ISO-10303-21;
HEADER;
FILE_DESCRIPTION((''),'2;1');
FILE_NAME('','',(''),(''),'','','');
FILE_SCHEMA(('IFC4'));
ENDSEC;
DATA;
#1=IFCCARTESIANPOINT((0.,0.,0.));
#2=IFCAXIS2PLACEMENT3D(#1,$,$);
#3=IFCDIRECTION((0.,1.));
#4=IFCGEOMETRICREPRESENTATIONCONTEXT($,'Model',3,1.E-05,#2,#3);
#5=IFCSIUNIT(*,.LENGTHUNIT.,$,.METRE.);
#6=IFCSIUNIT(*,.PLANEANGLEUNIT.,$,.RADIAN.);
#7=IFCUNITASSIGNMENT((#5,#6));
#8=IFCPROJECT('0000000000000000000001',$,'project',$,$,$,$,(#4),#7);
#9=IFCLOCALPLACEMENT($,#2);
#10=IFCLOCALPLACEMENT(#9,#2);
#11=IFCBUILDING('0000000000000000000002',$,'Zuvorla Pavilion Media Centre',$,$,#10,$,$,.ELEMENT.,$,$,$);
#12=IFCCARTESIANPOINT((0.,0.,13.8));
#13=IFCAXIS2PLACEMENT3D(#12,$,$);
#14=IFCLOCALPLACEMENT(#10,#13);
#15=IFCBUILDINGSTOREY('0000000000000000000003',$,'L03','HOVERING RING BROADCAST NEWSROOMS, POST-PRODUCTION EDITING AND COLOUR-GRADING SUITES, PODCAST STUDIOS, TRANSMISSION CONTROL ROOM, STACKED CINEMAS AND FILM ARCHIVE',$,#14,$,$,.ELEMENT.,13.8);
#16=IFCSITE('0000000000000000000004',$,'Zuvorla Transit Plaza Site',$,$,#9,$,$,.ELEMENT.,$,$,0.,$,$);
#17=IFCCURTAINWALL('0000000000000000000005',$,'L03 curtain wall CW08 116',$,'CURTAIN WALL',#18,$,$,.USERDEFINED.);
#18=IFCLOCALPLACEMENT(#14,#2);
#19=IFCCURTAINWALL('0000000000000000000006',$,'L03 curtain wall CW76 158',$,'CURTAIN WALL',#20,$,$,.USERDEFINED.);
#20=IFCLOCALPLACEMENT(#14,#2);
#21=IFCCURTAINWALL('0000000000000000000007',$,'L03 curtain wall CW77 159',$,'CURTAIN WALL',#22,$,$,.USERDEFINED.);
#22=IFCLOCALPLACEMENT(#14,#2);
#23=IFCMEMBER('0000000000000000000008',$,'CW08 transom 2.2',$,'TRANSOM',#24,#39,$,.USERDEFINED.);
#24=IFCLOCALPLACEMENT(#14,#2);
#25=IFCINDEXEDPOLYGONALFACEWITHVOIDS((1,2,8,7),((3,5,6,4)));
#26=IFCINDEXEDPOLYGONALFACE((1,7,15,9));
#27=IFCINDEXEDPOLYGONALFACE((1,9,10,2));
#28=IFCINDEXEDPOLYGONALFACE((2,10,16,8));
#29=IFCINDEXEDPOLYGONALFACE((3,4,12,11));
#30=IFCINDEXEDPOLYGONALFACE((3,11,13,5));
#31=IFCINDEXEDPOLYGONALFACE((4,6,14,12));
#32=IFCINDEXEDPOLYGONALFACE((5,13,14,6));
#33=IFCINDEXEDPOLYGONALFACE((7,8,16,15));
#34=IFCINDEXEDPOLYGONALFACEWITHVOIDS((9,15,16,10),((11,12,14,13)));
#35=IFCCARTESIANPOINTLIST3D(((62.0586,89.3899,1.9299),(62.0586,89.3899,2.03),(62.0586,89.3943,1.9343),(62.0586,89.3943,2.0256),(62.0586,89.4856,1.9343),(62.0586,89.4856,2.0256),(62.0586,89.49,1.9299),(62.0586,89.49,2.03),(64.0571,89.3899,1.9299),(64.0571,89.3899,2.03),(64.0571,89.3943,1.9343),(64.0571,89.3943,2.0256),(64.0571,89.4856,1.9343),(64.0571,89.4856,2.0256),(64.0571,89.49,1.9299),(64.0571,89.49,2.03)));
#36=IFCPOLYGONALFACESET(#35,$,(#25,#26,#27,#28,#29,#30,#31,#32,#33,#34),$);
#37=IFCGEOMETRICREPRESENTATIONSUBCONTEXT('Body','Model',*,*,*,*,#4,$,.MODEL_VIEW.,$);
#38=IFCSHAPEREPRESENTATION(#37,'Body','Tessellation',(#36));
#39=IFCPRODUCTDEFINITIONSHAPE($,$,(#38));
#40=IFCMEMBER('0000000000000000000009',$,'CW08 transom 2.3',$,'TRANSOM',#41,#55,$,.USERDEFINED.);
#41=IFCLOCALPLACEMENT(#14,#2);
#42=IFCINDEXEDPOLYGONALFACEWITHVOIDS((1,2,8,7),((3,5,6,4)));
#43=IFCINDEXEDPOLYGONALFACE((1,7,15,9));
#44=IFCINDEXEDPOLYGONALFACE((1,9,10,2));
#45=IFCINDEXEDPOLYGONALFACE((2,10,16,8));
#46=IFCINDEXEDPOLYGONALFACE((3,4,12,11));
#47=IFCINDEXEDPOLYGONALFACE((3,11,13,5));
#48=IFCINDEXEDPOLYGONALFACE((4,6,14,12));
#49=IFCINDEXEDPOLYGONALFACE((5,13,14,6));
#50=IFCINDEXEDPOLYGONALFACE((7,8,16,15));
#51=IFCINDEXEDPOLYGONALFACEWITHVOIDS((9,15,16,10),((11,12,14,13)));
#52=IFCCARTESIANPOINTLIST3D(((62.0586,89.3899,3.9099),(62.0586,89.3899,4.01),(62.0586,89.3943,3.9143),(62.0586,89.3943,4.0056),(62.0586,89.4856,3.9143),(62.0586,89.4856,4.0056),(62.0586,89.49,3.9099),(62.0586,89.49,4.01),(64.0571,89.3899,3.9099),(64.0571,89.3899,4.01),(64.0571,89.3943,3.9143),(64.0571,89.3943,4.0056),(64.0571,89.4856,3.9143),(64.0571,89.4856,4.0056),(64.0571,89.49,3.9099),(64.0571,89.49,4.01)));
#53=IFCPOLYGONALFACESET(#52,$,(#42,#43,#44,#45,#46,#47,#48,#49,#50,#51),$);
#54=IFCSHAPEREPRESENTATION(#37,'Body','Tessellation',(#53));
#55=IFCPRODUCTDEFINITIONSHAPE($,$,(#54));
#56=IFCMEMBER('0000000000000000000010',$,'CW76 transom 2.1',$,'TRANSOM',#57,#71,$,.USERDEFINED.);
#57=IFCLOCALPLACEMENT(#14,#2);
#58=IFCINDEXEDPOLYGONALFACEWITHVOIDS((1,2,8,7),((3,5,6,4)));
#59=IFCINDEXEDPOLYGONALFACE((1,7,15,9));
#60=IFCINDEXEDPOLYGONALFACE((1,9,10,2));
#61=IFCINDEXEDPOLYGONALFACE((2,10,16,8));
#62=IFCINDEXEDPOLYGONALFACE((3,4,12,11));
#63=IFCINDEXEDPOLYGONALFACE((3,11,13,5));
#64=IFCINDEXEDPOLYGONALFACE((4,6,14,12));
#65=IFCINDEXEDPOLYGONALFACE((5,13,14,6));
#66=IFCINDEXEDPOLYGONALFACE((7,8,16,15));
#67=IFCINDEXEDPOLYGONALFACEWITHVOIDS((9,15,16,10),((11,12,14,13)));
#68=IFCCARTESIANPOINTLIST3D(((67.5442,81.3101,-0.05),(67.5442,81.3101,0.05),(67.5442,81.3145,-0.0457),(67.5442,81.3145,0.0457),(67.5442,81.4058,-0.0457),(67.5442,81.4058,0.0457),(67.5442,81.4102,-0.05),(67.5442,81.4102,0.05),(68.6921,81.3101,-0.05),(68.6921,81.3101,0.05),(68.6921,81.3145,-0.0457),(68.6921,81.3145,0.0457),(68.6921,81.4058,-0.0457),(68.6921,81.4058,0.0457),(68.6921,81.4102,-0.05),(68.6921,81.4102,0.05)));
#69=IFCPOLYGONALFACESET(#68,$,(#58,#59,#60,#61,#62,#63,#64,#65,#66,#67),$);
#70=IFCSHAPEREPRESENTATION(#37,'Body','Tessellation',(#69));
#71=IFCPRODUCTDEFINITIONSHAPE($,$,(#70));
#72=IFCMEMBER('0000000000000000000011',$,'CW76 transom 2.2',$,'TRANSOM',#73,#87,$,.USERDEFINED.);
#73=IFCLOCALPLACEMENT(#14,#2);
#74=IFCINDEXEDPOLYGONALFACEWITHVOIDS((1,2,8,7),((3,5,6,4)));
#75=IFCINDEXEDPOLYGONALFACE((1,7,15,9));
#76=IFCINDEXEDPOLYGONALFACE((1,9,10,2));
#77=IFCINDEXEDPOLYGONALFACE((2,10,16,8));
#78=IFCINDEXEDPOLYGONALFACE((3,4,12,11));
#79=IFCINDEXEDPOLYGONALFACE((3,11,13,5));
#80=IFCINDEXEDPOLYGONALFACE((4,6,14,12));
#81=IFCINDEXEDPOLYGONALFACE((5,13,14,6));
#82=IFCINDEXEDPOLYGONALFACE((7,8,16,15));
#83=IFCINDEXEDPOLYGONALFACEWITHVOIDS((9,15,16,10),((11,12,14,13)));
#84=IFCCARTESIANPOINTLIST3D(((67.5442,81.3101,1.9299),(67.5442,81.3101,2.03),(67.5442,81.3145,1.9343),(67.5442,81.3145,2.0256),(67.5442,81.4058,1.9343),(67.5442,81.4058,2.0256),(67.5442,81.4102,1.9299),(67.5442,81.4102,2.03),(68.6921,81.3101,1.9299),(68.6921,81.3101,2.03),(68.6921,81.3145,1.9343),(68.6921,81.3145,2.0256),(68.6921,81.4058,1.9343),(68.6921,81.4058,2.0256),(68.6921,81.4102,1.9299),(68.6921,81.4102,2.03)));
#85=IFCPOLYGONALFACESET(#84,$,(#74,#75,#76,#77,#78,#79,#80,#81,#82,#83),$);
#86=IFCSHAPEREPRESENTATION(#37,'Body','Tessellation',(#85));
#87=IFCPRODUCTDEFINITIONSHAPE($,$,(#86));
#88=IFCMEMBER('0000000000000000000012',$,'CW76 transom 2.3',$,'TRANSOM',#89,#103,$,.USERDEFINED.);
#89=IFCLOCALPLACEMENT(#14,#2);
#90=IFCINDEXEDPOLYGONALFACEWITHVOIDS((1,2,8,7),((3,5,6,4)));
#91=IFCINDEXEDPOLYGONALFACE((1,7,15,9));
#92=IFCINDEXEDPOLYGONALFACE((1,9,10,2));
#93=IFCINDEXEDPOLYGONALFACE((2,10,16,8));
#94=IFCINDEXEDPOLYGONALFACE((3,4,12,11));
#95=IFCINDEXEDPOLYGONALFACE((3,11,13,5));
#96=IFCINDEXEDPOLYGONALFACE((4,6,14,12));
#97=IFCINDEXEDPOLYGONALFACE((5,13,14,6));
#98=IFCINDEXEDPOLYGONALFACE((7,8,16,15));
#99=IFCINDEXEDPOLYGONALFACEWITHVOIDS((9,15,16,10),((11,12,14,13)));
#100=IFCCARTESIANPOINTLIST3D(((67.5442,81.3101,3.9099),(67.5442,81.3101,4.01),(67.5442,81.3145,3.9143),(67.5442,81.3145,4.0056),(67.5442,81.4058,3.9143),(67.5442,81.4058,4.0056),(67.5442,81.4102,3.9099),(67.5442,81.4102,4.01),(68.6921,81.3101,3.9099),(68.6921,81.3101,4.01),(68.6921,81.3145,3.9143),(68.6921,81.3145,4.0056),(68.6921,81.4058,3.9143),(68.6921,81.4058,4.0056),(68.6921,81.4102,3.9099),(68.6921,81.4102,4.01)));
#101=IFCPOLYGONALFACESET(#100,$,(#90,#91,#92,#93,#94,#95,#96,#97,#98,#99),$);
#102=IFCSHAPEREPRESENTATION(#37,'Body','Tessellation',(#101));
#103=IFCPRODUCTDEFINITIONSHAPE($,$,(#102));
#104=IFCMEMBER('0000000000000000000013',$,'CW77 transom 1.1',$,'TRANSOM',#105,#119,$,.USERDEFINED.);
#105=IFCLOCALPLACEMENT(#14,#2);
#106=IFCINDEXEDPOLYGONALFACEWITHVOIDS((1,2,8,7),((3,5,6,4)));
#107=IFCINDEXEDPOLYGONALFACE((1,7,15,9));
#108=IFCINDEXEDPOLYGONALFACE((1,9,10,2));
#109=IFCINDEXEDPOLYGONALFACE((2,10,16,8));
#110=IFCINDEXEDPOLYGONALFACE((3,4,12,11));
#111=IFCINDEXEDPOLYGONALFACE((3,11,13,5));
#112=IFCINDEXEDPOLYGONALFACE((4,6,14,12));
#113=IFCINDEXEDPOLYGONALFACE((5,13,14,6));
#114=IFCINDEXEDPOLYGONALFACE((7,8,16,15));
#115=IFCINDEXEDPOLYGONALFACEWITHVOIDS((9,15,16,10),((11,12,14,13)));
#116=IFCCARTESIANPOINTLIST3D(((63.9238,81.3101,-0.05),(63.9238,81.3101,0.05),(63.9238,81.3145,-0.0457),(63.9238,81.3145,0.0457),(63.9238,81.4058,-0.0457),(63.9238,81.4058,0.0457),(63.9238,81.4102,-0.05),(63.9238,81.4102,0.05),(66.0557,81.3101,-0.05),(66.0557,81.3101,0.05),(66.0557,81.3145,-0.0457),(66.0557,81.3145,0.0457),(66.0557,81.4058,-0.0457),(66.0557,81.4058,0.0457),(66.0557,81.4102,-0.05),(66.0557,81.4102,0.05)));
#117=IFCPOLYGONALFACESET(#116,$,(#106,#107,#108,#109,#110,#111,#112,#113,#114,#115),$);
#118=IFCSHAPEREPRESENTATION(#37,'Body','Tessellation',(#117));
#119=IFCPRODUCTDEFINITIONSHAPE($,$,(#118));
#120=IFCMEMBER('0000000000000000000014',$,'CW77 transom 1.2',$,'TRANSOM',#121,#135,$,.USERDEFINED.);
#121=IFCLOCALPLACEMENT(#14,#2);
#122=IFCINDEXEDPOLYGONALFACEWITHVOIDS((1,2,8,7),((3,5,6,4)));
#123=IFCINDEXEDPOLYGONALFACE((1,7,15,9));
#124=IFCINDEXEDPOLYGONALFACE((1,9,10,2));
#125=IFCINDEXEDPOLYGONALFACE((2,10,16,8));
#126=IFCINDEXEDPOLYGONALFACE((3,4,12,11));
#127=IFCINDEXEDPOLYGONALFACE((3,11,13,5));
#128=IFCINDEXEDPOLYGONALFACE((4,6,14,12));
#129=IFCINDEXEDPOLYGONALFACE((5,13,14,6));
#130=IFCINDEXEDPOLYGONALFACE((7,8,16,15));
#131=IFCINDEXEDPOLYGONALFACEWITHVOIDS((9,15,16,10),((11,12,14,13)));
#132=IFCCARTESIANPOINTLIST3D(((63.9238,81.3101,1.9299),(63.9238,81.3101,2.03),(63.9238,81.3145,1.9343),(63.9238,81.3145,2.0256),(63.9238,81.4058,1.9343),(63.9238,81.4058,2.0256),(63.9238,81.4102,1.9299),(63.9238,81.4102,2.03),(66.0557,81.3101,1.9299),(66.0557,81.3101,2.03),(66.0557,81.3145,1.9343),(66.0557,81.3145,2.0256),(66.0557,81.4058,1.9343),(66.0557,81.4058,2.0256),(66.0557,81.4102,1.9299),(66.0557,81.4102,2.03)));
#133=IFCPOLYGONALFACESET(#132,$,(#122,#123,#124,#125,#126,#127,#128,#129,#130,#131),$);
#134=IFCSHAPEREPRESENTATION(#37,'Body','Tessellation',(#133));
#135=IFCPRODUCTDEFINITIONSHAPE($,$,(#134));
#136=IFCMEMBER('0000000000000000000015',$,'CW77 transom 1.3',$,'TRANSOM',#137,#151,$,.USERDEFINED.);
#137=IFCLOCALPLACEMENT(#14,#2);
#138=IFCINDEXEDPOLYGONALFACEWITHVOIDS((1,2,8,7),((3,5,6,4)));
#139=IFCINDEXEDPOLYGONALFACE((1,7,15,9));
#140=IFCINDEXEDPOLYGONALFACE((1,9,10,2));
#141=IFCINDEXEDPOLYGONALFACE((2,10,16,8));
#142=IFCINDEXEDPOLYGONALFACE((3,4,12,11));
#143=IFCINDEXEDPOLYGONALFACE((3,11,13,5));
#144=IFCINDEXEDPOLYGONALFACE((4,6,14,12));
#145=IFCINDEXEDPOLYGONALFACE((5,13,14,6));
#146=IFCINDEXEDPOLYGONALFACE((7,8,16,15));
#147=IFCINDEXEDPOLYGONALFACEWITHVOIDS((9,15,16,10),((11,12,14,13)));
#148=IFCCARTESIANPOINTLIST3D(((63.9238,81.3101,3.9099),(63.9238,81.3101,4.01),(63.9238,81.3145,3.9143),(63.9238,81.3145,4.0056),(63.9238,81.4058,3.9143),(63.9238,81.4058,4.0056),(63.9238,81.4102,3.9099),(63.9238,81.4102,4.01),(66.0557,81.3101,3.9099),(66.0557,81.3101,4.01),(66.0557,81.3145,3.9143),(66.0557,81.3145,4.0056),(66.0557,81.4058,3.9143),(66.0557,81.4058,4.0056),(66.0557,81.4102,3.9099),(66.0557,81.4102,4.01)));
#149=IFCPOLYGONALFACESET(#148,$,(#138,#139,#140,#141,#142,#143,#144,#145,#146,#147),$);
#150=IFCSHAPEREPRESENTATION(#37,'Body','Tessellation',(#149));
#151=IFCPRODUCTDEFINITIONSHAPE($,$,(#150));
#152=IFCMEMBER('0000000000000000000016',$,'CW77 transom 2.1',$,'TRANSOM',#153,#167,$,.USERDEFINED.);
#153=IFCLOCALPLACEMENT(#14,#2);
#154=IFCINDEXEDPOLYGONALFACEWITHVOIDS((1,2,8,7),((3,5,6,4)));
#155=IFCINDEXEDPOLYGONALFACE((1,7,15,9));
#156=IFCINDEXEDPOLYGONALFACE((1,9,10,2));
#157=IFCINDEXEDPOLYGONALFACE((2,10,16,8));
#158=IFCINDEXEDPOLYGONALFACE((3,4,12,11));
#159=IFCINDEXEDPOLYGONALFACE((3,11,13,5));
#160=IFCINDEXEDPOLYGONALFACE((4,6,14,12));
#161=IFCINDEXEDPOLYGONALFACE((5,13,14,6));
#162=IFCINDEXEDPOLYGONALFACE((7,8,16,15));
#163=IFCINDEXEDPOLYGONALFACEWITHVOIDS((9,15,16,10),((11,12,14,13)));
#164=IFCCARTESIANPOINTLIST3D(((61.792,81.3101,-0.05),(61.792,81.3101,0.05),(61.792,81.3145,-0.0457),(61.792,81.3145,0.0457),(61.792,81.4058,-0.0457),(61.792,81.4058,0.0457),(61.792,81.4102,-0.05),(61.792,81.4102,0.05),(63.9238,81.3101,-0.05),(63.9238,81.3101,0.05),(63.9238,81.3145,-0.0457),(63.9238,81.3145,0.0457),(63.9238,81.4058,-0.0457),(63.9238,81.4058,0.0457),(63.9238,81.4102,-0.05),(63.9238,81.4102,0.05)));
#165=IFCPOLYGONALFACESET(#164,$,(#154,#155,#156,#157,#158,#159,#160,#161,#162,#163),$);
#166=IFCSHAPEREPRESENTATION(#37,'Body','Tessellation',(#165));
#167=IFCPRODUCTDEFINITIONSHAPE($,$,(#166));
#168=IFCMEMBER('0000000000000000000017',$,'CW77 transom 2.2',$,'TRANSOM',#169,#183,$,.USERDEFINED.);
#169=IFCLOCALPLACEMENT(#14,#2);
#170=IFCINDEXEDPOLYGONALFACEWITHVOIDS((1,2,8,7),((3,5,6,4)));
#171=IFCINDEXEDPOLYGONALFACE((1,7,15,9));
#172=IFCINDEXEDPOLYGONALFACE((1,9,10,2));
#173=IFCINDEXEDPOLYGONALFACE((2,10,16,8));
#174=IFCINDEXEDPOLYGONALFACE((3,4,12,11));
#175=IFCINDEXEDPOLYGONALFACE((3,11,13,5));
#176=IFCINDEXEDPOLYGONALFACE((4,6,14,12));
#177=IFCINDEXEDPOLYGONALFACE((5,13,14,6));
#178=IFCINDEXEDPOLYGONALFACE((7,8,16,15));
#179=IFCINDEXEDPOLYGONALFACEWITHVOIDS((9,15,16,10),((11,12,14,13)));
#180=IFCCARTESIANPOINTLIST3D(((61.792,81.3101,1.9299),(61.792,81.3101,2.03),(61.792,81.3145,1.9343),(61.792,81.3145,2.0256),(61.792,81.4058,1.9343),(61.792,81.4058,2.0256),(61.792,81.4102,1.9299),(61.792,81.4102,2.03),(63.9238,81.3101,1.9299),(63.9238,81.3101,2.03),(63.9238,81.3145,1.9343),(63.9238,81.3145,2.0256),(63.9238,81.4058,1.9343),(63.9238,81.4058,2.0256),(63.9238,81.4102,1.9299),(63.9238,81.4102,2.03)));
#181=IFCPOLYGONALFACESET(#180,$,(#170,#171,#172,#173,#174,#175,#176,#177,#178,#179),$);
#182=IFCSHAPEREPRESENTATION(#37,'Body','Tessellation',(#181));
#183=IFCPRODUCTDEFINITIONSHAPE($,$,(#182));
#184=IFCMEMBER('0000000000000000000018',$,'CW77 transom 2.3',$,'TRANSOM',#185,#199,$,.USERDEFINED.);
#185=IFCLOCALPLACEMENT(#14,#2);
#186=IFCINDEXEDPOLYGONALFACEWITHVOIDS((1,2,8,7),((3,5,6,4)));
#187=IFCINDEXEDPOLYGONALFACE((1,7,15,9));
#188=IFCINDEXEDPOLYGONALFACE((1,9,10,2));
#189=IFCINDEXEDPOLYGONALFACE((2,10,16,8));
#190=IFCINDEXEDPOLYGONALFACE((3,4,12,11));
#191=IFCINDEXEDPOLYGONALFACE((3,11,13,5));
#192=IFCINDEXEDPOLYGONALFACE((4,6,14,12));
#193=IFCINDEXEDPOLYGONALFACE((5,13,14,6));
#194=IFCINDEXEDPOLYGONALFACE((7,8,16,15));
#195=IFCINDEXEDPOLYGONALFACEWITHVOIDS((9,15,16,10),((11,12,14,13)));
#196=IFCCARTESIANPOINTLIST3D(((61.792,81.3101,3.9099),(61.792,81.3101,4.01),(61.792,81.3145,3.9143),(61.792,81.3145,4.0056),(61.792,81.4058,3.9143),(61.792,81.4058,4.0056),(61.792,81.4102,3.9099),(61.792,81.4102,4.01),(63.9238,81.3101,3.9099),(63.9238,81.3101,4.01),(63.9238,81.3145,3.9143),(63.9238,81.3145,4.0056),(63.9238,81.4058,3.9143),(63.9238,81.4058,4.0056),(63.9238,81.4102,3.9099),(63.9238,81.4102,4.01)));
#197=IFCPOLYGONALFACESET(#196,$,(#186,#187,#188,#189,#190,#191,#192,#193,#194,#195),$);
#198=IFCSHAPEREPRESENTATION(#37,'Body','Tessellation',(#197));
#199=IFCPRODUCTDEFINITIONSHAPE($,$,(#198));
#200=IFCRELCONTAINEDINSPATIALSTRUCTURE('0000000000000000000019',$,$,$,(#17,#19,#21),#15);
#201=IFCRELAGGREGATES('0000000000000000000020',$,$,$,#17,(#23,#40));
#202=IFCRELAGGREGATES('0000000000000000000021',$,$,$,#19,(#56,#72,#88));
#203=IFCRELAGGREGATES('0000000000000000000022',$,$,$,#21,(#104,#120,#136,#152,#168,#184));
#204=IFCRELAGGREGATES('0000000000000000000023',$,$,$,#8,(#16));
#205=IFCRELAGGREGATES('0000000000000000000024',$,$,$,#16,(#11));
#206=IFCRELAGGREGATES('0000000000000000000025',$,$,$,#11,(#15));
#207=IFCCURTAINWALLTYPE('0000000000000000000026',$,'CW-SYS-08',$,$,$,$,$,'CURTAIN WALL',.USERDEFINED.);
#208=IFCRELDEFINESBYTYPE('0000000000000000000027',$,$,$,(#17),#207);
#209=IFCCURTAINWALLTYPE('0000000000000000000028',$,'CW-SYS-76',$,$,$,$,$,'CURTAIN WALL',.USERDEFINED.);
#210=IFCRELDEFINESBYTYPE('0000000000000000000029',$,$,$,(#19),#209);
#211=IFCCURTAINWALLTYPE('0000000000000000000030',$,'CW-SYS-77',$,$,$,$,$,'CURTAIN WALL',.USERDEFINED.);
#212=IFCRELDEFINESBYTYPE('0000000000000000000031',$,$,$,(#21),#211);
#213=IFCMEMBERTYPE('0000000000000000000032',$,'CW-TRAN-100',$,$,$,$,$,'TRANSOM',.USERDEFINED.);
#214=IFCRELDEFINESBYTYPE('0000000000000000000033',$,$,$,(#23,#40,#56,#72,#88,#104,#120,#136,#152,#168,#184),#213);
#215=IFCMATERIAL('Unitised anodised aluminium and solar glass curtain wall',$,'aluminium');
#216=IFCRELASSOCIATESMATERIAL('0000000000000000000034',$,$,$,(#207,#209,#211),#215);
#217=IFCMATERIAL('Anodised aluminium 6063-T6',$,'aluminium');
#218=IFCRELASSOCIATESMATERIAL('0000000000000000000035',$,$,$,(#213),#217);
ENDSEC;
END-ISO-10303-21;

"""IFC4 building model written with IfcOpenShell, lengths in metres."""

from ifc_helpers import new_model, si_unit, direction, frame, origin, origin_2d, place, context, subcontext, project, spatial, hollow_rectangle, extrude, material, material_profile, profile_set, type_object, element, aggregate, save


model = new_model("IFC4")

# Units and contexts
model_context = context("Model", 3, precision=1e-05, world=origin(), true_north=direction((0.0, 1.0)))
body_context = subcontext(model_context, "Body", "Model", "MODEL_VIEW")
ifc_project = project(units=[si_unit("LENGTHUNIT", "METRE"), si_unit("PLANEANGLEUNIT", "RADIAN")], contexts=[model_context])

# Site, building, storey
site_placement = place(None, origin())
site = spatial("IfcSite", under=ifc_project, at=site_placement, Name="Zuvorla Transit Plaza Site", CompositionType="ELEMENT", RefElevation=0.0)
building_placement = place(site_placement, origin())
building = spatial("IfcBuilding", under=site, at=building_placement, Name="Zuvorla Pavilion Media Centre", CompositionType="ELEMENT")
storey_placement = place(building_placement, frame((0.0, 0.0, 13.8)))
storey = spatial("IfcBuildingStorey", under=building, at=storey_placement, Name="L03", Description="HOVERING RING BROADCAST NEWSROOMS, POST-PRODUCTION EDITING AND COLOUR-GRADING SUITES, PODCAST STUDIOS, TRANSMISSION CONTROL ROOM, STACKED CINEMAS AND FILM ARCHIVE", CompositionType="ELEMENT", Elevation=13.8)

# Shared definitions
ifc_material_1 = material(Name="Unitised anodised aluminium and solar glass curtain wall", Category="aluminium")
ifc_material_2 = material(Name="Anodised aluminium 6063-T6", Category="aluminium")

# Curtain walls
curtain_wall_type_1 = type_object("IfcCurtainWallType", Name="CW-SYS-08", ElementType="CURTAIN WALL", PredefinedType="USERDEFINED", material=ifc_material_1)
curtain_wall_1_placement = place(storey_placement, origin())
curtain_wall_1 = element("IfcCurtainWall", 1, at=curtain_wall_1_placement, inside=storey, type_object=curtain_wall_type_1, Name="L03 curtain wall CW08 116", ObjectType="CURTAIN WALL", PredefinedType="USERDEFINED")
curtain_wall_type_2 = type_object("IfcCurtainWallType", Name="CW-SYS-76", ElementType="CURTAIN WALL", PredefinedType="USERDEFINED", material=ifc_material_1)
curtain_wall_2_placement = place(storey_placement, origin())
curtain_wall_2 = element("IfcCurtainWall", 2, at=curtain_wall_2_placement, inside=storey, type_object=curtain_wall_type_2, Name="L03 curtain wall CW76 158", ObjectType="CURTAIN WALL", PredefinedType="USERDEFINED")
curtain_wall_type_3 = type_object("IfcCurtainWallType", Name="CW-SYS-77", ElementType="CURTAIN WALL", PredefinedType="USERDEFINED", material=ifc_material_1)
curtain_wall_3_placement = place(storey_placement, origin())
curtain_wall_3 = element("IfcCurtainWall", 3, at=curtain_wall_3_placement, inside=storey, type_object=curtain_wall_type_3, Name="L03 curtain wall CW77 159", ObjectType="CURTAIN WALL", PredefinedType="USERDEFINED")

# Members
ifc_material_profile_1 = material_profile(ifc_material_2, hollow_rectangle(XDim=0.1001, YDim=0.1001, WallThickness=0.0044, at=origin_2d()), Name="ALU TRAN 100x100")
ifc_profile_set_1 = profile_set([ifc_material_profile_1], Name="Anodised aluminium 6063-T6")
member_type_1 = type_object("IfcMemberType", Name="CW-TRAN-100", ElementType="TRANSOM", PredefinedType="USERDEFINED", material=ifc_profile_set_1)
member_1_placement = place(storey_placement, frame((64.0571, 89.4399, 1.98), z_axis=(-1.0, 0.0, 0.0), x_axis=(0.0, -1.0, 0.0)))
member_1 = element("IfcMember", 4, at=member_1_placement, type_object=member_type_1, Name="CW08 transom 2.2", ObjectType="TRANSOM", PredefinedType="USERDEFINED", context=body_context, shape_type="SweptSolid", body=[
    extrude(hollow_rectangle(XDim=0.1001, YDim=0.1001, WallThickness=0.0044, at=origin_2d()), origin(), (0.0, 0.0, 1.0), 1.9985),
])
member_2_placement = place(storey_placement, frame((64.0571, 89.4399, 3.96), z_axis=(-1.0, 0.0, 0.0), x_axis=(0.0, -1.0, 0.0)))
member_2 = element("IfcMember", 5, at=member_2_placement, type_object=member_type_1, Name="CW08 transom 2.3", ObjectType="TRANSOM", PredefinedType="USERDEFINED", context=body_context, shape_type="SweptSolid", body=[
    extrude(hollow_rectangle(XDim=0.1001, YDim=0.1001, WallThickness=0.0044, at=origin_2d()), origin(), (0.0, 0.0, 1.0), 1.9985),
])
member_3_placement = place(storey_placement, frame((68.6921, 81.3601, 0.0), z_axis=(-1.0, 0.0, 0.0), x_axis=(0.0, -1.0, 0.0)))
member_3 = element("IfcMember", 6, at=member_3_placement, type_object=member_type_1, Name="CW76 transom 2.1", ObjectType="TRANSOM", PredefinedType="USERDEFINED", context=body_context, shape_type="SweptSolid", body=[
    extrude(hollow_rectangle(XDim=0.1001, YDim=0.1001, WallThickness=0.0044, at=origin_2d()), origin(), (0.0, 0.0, 1.0), 1.1479),
])
member_4_placement = place(storey_placement, frame((68.6921, 81.3601, 1.98), z_axis=(-1.0, 0.0, 0.0), x_axis=(0.0, -1.0, 0.0)))
member_4 = element("IfcMember", 7, at=member_4_placement, type_object=member_type_1, Name="CW76 transom 2.2", ObjectType="TRANSOM", PredefinedType="USERDEFINED", context=body_context, shape_type="SweptSolid", body=[
    extrude(hollow_rectangle(XDim=0.1001, YDim=0.1001, WallThickness=0.0044, at=origin_2d()), origin(), (0.0, 0.0, 1.0), 1.1479),
])
member_5_placement = place(storey_placement, frame((68.6921, 81.3601, 3.96), z_axis=(-1.0, 0.0, 0.0), x_axis=(0.0, -1.0, 0.0)))
member_5 = element("IfcMember", 8, at=member_5_placement, type_object=member_type_1, Name="CW76 transom 2.3", ObjectType="TRANSOM", PredefinedType="USERDEFINED", context=body_context, shape_type="SweptSolid", body=[
    extrude(hollow_rectangle(XDim=0.1001, YDim=0.1001, WallThickness=0.0044, at=origin_2d()), origin(), (0.0, 0.0, 1.0), 1.1479),
])
member_6_placement = place(storey_placement, frame((66.0557, 81.3601, 0.0), z_axis=(-1.0, 0.0, 0.0), x_axis=(0.0, -1.0, 0.0)))
member_6 = element("IfcMember", 9, at=member_6_placement, type_object=member_type_1, Name="CW77 transom 1.1", ObjectType="TRANSOM", PredefinedType="USERDEFINED", context=body_context, shape_type="SweptSolid", body=[
    extrude(hollow_rectangle(XDim=0.1001, YDim=0.1001, WallThickness=0.0044, at=origin_2d()), origin(), (0.0, 0.0, 1.0), 2.1318),
])
member_7_placement = place(storey_placement, frame((66.0557, 81.3601, 1.98), z_axis=(-1.0, 0.0, 0.0), x_axis=(0.0, -1.0, 0.0)))
member_7 = element("IfcMember", 10, at=member_7_placement, type_object=member_type_1, Name="CW77 transom 1.2", ObjectType="TRANSOM", PredefinedType="USERDEFINED", context=body_context, shape_type="SweptSolid", body=[
    extrude(hollow_rectangle(XDim=0.1001, YDim=0.1001, WallThickness=0.0044, at=origin_2d()), origin(), (0.0, 0.0, 1.0), 2.1318),
])
member_8_placement = place(storey_placement, frame((66.0557, 81.3601, 3.96), z_axis=(-1.0, 0.0, 0.0), x_axis=(0.0, -1.0, 0.0)))
member_8 = element("IfcMember", 11, at=member_8_placement, type_object=member_type_1, Name="CW77 transom 1.3", ObjectType="TRANSOM", PredefinedType="USERDEFINED", context=body_context, shape_type="SweptSolid", body=[
    extrude(hollow_rectangle(XDim=0.1001, YDim=0.1001, WallThickness=0.0044, at=origin_2d()), origin(), (0.0, 0.0, 1.0), 2.1318),
])
member_9_placement = place(storey_placement, frame((63.9238, 81.3601, 0.0), z_axis=(-1.0, 0.0, 0.0), x_axis=(0.0, -1.0, 0.0)))
member_9 = element("IfcMember", 12, at=member_9_placement, type_object=member_type_1, Name="CW77 transom 2.1", ObjectType="TRANSOM", PredefinedType="USERDEFINED", context=body_context, shape_type="SweptSolid", body=[
    extrude(hollow_rectangle(XDim=0.1001, YDim=0.1001, WallThickness=0.0044, at=origin_2d()), origin(), (0.0, 0.0, 1.0), 2.1318),
])
member_10_placement = place(storey_placement, frame((63.9238, 81.3601, 1.98), z_axis=(-1.0, 0.0, 0.0), x_axis=(0.0, -1.0, 0.0)))
member_10 = element("IfcMember", 13, at=member_10_placement, type_object=member_type_1, Name="CW77 transom 2.2", ObjectType="TRANSOM", PredefinedType="USERDEFINED", context=body_context, shape_type="SweptSolid", body=[
    extrude(hollow_rectangle(XDim=0.1001, YDim=0.1001, WallThickness=0.0044, at=origin_2d()), origin(), (0.0, 0.0, 1.0), 2.1318),
])
member_11_placement = place(storey_placement, frame((63.9238, 81.3601, 3.96), z_axis=(-1.0, 0.0, 0.0), x_axis=(0.0, -1.0, 0.0)))
member_11 = element("IfcMember", 14, at=member_11_placement, type_object=member_type_1, Name="CW77 transom 2.3", ObjectType="TRANSOM", PredefinedType="USERDEFINED", context=body_context, shape_type="SweptSolid", body=[
    extrude(hollow_rectangle(XDim=0.1001, YDim=0.1001, WallThickness=0.0044, at=origin_2d()), origin(), (0.0, 0.0, 1.0), 2.1318),
])

aggregate(curtain_wall_1, [member_1, member_2])
aggregate(curtain_wall_2, [member_3, member_4, member_5])
aggregate(curtain_wall_3, [member_6, member_7, member_8, member_9, member_10, member_11])

save(model, "model.ifc")
